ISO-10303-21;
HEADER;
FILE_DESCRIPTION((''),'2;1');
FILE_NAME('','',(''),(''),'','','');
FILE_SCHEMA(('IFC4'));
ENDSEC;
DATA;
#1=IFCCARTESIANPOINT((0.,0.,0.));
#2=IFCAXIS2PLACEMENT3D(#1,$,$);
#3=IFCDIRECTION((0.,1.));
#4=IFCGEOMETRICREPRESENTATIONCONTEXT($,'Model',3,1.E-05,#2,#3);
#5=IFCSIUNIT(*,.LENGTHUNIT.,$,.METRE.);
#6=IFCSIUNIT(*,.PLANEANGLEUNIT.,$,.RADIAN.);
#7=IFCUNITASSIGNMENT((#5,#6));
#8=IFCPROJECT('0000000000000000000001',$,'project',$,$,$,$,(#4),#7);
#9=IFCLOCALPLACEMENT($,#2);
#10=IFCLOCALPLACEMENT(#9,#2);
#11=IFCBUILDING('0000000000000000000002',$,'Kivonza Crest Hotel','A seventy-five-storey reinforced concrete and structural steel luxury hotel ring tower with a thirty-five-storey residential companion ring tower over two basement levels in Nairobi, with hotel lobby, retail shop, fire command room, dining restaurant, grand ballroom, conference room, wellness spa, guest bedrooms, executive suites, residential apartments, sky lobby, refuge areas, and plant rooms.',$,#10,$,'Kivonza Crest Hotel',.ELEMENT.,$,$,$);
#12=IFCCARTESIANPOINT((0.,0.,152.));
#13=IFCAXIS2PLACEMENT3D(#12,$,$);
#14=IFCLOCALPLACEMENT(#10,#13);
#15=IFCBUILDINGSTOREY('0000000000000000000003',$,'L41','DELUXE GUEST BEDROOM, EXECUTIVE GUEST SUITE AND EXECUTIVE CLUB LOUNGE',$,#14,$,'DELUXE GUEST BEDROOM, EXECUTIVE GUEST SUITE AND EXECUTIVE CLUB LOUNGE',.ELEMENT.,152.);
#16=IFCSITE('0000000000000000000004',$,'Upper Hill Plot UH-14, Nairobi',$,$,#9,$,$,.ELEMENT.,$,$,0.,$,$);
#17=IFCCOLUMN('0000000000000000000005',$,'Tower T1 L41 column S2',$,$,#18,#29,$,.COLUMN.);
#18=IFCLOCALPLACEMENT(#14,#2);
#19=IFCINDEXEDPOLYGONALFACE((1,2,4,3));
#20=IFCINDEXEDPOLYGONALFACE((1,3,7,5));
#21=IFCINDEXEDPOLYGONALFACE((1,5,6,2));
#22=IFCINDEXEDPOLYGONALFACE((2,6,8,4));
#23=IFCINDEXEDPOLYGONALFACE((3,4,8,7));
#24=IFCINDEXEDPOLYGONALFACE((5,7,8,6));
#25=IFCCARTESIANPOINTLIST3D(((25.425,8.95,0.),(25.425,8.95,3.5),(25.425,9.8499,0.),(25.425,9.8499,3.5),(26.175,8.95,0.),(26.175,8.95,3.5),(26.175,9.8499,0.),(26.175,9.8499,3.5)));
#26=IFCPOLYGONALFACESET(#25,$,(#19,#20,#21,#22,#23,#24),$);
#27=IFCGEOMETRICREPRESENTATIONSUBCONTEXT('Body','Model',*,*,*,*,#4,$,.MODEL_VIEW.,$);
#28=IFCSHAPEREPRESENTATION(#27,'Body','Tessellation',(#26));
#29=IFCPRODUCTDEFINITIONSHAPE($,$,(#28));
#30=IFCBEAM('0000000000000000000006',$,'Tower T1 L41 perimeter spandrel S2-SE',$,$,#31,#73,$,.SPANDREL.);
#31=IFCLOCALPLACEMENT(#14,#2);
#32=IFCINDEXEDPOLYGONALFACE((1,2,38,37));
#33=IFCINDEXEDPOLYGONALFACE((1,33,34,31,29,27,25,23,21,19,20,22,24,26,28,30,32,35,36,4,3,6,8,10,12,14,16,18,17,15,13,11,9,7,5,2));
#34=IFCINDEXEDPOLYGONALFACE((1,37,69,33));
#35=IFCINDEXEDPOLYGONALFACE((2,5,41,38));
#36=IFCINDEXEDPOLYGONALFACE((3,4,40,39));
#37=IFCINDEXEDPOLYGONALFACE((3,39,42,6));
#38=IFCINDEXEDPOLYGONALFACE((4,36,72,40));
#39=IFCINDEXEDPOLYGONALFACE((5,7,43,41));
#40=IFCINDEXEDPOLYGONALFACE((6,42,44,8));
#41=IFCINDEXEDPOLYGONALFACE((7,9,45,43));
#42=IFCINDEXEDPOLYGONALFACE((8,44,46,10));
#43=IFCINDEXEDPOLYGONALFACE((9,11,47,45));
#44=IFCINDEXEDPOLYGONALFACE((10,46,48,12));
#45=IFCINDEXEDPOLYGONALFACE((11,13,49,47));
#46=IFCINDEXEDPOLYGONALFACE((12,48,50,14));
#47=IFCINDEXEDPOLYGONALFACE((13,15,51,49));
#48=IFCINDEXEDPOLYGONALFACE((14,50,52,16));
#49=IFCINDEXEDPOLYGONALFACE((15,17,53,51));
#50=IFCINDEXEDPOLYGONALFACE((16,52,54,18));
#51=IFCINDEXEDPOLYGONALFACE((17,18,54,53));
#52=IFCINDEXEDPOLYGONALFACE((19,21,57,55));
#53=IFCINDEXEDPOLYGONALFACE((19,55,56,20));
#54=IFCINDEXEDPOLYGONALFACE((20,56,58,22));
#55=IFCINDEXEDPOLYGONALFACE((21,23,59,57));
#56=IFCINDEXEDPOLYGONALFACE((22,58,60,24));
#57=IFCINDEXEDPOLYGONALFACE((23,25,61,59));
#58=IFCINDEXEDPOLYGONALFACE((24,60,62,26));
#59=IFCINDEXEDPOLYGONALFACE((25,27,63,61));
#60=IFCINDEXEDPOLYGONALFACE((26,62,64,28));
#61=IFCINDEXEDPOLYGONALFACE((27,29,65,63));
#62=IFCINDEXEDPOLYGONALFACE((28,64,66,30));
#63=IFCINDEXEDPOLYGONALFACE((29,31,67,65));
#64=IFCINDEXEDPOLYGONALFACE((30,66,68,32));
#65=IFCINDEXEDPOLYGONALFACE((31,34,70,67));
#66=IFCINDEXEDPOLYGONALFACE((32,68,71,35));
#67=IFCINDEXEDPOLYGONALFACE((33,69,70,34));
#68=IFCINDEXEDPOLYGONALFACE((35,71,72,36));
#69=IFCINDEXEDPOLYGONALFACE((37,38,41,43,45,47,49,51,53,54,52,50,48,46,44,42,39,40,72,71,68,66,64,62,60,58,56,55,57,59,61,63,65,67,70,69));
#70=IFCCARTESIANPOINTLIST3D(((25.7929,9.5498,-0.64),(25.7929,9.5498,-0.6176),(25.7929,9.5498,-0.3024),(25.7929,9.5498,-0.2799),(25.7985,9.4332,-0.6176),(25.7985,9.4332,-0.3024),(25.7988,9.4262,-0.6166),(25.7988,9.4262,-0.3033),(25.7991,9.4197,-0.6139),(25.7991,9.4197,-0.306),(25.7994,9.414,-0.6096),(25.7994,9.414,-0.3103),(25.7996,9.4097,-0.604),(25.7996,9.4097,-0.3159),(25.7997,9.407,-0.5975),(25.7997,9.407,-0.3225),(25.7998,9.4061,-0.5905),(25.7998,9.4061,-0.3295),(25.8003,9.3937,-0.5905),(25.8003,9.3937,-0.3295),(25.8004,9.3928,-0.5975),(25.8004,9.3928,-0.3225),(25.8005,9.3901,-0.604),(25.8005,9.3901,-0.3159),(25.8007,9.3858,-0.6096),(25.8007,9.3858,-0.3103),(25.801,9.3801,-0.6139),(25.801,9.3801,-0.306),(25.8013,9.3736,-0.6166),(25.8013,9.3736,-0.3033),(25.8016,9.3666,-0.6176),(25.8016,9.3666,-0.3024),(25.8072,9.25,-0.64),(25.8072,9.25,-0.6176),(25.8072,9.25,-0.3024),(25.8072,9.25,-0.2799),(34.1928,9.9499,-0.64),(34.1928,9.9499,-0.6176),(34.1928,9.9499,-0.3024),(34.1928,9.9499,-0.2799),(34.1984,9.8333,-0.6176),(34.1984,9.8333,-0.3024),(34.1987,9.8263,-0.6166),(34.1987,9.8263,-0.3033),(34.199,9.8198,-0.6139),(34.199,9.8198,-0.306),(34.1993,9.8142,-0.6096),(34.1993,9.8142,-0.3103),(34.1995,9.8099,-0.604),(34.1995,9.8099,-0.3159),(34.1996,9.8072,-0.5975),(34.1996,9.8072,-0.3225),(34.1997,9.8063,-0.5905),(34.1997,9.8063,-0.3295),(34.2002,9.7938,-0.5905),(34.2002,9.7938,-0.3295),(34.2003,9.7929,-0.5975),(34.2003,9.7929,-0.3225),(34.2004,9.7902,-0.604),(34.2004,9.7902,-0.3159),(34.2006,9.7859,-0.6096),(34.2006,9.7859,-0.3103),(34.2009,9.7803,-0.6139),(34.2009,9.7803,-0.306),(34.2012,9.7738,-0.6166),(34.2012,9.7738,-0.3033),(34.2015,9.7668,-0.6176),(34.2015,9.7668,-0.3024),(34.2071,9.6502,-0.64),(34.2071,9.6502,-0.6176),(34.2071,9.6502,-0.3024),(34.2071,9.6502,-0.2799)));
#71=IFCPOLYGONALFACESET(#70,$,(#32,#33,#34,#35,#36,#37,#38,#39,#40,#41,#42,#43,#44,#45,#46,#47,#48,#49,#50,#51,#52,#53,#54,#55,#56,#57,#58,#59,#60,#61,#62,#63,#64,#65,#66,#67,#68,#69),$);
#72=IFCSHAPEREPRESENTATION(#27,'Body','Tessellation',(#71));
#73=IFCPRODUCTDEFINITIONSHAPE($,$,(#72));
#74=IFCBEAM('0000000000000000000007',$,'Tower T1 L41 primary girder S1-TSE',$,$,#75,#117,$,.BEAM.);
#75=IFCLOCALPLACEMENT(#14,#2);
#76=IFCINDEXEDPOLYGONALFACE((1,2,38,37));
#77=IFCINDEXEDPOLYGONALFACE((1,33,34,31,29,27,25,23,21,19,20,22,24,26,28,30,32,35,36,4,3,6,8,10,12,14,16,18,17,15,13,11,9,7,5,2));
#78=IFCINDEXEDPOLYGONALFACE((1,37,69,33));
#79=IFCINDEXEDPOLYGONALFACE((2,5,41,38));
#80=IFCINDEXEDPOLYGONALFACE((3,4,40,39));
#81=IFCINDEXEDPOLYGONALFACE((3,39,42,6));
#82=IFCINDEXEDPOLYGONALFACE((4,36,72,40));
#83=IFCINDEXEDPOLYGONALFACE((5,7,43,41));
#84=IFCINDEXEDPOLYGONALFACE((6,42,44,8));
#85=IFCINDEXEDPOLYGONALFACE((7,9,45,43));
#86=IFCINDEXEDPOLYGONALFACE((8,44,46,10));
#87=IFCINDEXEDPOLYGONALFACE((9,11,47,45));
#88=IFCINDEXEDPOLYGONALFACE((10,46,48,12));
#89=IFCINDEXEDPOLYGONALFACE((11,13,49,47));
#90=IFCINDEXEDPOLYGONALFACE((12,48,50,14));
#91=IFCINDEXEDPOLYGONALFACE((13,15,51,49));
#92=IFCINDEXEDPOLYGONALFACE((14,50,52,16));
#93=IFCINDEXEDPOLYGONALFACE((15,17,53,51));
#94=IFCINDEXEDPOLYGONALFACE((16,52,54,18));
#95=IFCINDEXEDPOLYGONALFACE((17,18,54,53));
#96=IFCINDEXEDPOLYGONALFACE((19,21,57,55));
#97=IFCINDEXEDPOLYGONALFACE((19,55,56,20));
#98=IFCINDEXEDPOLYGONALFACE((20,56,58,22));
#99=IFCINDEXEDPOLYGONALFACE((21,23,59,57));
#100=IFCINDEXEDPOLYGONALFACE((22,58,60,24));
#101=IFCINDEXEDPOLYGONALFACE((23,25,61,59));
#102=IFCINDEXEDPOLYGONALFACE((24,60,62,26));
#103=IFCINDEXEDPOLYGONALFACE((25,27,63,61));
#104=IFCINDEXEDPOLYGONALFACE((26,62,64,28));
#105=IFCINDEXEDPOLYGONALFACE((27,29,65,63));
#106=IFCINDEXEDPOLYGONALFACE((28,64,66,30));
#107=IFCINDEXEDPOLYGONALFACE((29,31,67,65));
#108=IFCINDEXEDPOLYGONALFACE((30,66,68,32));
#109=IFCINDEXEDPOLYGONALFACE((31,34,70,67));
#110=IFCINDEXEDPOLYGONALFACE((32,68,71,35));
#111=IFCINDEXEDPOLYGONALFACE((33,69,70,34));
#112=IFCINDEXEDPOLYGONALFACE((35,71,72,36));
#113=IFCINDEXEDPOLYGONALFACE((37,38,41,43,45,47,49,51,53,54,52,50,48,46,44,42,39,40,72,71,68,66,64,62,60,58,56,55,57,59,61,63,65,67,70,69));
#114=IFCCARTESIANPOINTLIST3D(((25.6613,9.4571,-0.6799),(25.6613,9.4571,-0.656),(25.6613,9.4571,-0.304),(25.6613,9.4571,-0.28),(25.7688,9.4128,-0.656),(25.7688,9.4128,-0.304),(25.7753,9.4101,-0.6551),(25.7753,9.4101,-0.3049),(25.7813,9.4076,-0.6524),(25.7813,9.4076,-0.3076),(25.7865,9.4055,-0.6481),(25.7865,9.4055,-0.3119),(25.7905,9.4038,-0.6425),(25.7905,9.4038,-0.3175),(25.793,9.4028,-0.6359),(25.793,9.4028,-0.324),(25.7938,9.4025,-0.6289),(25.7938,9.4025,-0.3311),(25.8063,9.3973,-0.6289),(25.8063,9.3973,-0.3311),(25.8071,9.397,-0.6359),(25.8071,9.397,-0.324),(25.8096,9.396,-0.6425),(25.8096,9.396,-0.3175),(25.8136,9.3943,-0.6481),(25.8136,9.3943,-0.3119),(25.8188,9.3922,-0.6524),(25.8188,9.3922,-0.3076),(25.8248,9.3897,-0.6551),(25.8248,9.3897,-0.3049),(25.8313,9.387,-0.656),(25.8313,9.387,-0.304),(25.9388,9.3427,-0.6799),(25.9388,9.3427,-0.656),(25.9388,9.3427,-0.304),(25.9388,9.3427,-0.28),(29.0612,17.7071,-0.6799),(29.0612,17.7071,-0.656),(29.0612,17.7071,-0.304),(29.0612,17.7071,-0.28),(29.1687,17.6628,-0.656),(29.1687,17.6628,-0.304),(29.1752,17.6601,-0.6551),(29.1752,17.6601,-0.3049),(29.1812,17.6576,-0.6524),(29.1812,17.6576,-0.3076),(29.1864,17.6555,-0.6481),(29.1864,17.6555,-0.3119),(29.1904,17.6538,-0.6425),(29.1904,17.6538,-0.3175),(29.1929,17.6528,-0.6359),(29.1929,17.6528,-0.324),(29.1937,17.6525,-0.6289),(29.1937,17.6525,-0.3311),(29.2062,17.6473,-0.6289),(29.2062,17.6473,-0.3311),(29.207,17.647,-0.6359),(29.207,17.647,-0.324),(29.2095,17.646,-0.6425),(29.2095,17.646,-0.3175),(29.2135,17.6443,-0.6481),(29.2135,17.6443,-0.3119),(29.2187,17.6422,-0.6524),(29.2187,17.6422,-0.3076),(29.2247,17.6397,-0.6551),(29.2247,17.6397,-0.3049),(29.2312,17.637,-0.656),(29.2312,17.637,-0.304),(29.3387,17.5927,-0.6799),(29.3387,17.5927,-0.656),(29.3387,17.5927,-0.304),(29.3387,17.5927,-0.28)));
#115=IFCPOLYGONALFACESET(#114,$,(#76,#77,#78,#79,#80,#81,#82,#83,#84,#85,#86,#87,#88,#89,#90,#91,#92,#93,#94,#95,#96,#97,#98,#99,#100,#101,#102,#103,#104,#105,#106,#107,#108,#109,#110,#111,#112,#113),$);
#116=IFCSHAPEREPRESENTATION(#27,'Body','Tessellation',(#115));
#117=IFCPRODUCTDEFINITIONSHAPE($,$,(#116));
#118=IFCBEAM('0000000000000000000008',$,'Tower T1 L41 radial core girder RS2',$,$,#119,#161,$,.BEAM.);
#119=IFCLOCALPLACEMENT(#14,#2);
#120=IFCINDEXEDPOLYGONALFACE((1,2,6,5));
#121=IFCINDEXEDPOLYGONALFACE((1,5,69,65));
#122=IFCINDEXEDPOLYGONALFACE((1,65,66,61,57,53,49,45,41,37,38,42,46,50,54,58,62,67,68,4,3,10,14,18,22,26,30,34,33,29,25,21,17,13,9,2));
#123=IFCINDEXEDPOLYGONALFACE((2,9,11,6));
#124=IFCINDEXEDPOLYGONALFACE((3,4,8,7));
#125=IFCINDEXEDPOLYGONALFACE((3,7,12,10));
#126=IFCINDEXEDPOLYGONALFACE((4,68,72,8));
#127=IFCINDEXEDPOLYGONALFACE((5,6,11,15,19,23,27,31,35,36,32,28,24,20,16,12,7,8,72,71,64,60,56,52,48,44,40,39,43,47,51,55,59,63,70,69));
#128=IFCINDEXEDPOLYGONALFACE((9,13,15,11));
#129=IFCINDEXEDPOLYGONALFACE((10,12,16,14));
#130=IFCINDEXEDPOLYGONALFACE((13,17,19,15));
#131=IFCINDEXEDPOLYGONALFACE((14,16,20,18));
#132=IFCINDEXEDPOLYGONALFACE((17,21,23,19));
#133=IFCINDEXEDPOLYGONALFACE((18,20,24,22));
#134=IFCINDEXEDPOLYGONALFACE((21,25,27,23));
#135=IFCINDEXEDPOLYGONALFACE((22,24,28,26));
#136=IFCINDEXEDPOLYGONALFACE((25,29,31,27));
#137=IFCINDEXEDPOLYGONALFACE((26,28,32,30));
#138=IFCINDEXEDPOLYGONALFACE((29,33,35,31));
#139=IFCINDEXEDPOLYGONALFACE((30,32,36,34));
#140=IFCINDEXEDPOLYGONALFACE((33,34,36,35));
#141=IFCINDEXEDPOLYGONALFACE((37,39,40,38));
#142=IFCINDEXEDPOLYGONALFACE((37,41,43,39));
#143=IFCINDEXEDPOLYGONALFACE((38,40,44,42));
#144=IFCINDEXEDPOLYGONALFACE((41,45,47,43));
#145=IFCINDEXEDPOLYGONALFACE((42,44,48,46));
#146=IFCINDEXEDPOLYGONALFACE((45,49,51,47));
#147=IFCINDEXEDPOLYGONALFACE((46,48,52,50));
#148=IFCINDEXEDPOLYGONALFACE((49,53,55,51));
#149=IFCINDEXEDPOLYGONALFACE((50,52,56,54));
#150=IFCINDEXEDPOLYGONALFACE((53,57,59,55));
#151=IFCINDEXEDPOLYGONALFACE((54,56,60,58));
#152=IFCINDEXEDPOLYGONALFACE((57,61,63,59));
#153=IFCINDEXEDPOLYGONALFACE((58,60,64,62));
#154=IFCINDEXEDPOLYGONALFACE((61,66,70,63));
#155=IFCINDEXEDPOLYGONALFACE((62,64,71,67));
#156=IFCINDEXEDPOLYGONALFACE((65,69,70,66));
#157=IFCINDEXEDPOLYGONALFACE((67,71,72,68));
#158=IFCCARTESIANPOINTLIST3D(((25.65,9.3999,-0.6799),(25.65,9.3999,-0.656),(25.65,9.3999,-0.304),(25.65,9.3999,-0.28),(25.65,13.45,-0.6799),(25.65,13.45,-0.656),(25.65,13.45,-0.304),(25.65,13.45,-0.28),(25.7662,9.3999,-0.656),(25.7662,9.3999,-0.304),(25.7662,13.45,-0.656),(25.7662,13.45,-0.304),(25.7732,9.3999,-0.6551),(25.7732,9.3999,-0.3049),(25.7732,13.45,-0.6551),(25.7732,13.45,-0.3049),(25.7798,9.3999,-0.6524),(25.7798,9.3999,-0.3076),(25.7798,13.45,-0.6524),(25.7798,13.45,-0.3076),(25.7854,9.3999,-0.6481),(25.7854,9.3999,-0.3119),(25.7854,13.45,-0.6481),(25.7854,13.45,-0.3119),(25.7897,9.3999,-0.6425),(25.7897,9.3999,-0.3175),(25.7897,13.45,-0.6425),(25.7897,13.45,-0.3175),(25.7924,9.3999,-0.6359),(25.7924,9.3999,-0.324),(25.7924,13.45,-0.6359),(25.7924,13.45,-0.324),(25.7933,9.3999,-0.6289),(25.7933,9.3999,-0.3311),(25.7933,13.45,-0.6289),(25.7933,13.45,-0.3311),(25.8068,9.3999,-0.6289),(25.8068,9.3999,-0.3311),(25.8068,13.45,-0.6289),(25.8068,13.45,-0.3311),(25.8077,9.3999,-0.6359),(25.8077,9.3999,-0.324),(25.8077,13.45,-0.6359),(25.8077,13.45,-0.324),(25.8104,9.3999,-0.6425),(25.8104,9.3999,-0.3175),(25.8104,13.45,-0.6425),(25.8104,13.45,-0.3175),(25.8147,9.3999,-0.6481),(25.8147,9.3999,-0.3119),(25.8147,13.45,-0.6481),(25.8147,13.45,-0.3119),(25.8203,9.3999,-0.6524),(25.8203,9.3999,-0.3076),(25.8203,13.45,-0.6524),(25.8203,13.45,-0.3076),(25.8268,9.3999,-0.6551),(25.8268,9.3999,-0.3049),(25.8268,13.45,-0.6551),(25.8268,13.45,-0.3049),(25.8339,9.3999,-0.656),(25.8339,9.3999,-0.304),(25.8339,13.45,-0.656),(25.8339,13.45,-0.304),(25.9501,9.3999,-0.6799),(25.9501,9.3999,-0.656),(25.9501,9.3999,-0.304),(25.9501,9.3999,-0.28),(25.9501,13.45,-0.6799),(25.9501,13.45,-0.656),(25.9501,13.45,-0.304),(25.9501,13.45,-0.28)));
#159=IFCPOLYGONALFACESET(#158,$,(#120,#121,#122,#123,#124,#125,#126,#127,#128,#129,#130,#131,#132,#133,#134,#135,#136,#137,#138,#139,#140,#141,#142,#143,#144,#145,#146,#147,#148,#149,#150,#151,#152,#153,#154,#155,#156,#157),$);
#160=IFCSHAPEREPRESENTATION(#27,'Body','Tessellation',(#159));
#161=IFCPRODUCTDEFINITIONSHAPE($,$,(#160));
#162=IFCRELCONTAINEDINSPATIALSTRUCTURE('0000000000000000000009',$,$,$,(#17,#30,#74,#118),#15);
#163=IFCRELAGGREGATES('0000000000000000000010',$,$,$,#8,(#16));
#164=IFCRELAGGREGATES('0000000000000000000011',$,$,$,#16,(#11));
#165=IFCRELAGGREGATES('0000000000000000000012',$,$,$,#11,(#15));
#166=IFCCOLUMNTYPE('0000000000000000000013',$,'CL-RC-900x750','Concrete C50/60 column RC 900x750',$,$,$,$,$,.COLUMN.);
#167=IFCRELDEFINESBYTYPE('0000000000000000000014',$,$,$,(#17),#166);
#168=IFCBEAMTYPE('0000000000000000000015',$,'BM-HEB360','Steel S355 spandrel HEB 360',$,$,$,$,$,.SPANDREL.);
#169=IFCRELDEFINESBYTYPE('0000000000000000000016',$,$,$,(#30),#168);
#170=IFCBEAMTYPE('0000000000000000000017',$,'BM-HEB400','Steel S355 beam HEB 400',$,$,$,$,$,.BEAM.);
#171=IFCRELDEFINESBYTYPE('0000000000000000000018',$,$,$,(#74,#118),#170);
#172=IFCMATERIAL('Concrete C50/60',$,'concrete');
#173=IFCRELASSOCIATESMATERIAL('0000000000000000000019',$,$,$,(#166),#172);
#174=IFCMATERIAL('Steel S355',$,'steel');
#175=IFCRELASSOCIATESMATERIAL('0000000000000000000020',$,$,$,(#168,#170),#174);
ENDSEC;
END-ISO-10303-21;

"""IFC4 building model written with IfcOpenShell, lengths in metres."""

from ifc_helpers import new_model, si_unit, direction, frame, origin, origin_2d, place, context, subcontext, project, spatial, rectangle, i_section, extrude, material, material_profile, profile_set, type_object, element, save


model = new_model("IFC4")

# Units and contexts
model_context = context("Model", 3, precision=1e-05, world=origin(), true_north=direction((0.0, 1.0)))
body_context = subcontext(model_context, "Body", "Model", "MODEL_VIEW")
ifc_project = project(units=[si_unit("LENGTHUNIT", "METRE"), si_unit("PLANEANGLEUNIT", "RADIAN")], contexts=[model_context])

# Site, building, storey
site_placement = place(None, origin())
site = spatial("IfcSite", under=ifc_project, at=site_placement, Name="Upper Hill Plot UH-14, Nairobi", CompositionType="ELEMENT", RefElevation=0.0)
building_placement = place(site_placement, origin())
building = spatial("IfcBuilding", under=site, at=building_placement, Name="Kivonza Crest Hotel", Description="A seventy-five-storey reinforced concrete and structural steel luxury hotel ring tower with a thirty-five-storey residential companion ring tower over two basement levels in Nairobi, with hotel lobby, retail shop, fire command room, dining restaurant, grand ballroom, conference room, wellness spa, guest bedrooms, executive suites, residential apartments, sky lobby, refuge areas, and plant rooms.", LongName="Kivonza Crest Hotel", CompositionType="ELEMENT")
storey_placement = place(building_placement, frame((0.0, 0.0, 152.0)))
storey = spatial("IfcBuildingStorey", under=building, at=storey_placement, Name="L41", Description="DELUXE GUEST BEDROOM, EXECUTIVE GUEST SUITE AND EXECUTIVE CLUB LOUNGE", LongName="DELUXE GUEST BEDROOM, EXECUTIVE GUEST SUITE AND EXECUTIVE CLUB LOUNGE", CompositionType="ELEMENT", Elevation=152.0)

# Column
ifc_material_1 = material(Name="Concrete C50/60", Category="concrete")
ifc_material_profile_1 = material_profile(ifc_material_1, rectangle(XDim=0.75, YDim=0.8999, at=origin_2d()), Name="RC 900x750")
ifc_profile_set_1 = profile_set([ifc_material_profile_1], Name="Concrete C50/60")
column_type = type_object("IfcColumnType", Name="CL-RC-900x750", Description="Concrete C50/60 column RC 900x750", PredefinedType="COLUMN", material=ifc_profile_set_1)
column_placement = place(storey_placement, frame((25.8, 9.3999, 0.0), z_axis=(0.0, 0.0, 1.0), x_axis=(1.0, 0.0, 0.0)))
element("IfcColumn", 1, at=column_placement, inside=storey, type_object=column_type, Name="Tower T1 L41 column S2", PredefinedType="COLUMN", context=body_context, shape_type="SweptSolid", body=[
    extrude(rectangle(XDim=0.75, YDim=0.8999, at=origin_2d()), origin(), (0.0, 0.0, 1.0), 3.5),
])

# Beams
ifc_material_2 = material(Name="Steel S355", Category="steel")
ifc_material_profile_2 = material_profile(ifc_material_2, i_section(OverallWidth=0.3, OverallDepth=0.3601, WebThickness=0.0125, FlangeThickness=0.0225, FilletRadius=0.0271, at=origin_2d()), Name="HEB 360")
ifc_profile_set_2 = profile_set([ifc_material_profile_2], Name="Steel S355")
beam_type_1 = type_object("IfcBeamType", Name="BM-HEB360", Description="Steel S355 spandrel HEB 360", PredefinedType="SPANDREL", material=ifc_profile_set_2)
beam_1_placement = place(storey_placement, frame((25.8, 9.3999, -0.46), z_axis=(0.998867, 0.047583, 0.0), x_axis=(-0.047583, 0.998867, 0.0)))
element("IfcBeam", 2, at=beam_1_placement, inside=storey, type_object=beam_type_1, Name="Tower T1 L41 perimeter spandrel S2-SE", PredefinedType="SPANDREL", context=body_context, shape_type="SweptSolid", body=[
    extrude(i_section(OverallWidth=0.3, OverallDepth=0.3601, WebThickness=0.0125, FlangeThickness=0.0225, FilletRadius=0.0271, at=origin_2d()), origin(), (0.0, 0.0, 1.0), 8.4094),
])
ifc_material_profile_3 = material_profile(ifc_material_2, i_section(OverallWidth=0.3, OverallDepth=0.3999, WebThickness=0.0134, FlangeThickness=0.0239, FilletRadius=0.0271, at=origin_2d()), Name="HEB 400")
ifc_profile_set_3 = profile_set([ifc_material_profile_3], Name="Steel S355")
beam_type_2 = type_object("IfcBeamType", Name="BM-HEB400", Description="Steel S355 beam HEB 400", PredefinedType="BEAM", material=ifc_profile_set_3)
beam_2_placement = place(storey_placement, frame((25.8, 9.3999, -0.48), z_axis=(0.381022, 0.924566, 0.0), x_axis=(-0.924566, 0.381022, 0.0)))
element("IfcBeam", 3, at=beam_2_placement, inside=storey, type_object=beam_type_2, Name="Tower T1 L41 primary girder S1-TSE", PredefinedType="BEAM", context=body_context, shape_type="SweptSolid", body=[
    extrude(i_section(OverallWidth=0.3, OverallDepth=0.3999, WebThickness=0.0134, FlangeThickness=0.0239, FilletRadius=0.0271, at=origin_2d()), origin(), (0.0, 0.0, 1.0), 8.9231),
])
beam_3_placement = place(storey_placement, frame((25.8, 9.3999, -0.48), z_axis=(0.0, 1.0, 0.0), x_axis=(-1.0, 0.0, 0.0)))
element("IfcBeam", 4, at=beam_3_placement, inside=storey, type_object=beam_type_2, Name="Tower T1 L41 radial core girder RS2", PredefinedType="BEAM", context=body_context, shape_type="SweptSolid", body=[
    extrude(i_section(OverallWidth=0.3, OverallDepth=0.3999, WebThickness=0.0134, FlangeThickness=0.0239, FilletRadius=0.0271, at=origin_2d()), origin(), (0.0, 0.0, 1.0), 4.05),
])

save(model, "model.ifc")
